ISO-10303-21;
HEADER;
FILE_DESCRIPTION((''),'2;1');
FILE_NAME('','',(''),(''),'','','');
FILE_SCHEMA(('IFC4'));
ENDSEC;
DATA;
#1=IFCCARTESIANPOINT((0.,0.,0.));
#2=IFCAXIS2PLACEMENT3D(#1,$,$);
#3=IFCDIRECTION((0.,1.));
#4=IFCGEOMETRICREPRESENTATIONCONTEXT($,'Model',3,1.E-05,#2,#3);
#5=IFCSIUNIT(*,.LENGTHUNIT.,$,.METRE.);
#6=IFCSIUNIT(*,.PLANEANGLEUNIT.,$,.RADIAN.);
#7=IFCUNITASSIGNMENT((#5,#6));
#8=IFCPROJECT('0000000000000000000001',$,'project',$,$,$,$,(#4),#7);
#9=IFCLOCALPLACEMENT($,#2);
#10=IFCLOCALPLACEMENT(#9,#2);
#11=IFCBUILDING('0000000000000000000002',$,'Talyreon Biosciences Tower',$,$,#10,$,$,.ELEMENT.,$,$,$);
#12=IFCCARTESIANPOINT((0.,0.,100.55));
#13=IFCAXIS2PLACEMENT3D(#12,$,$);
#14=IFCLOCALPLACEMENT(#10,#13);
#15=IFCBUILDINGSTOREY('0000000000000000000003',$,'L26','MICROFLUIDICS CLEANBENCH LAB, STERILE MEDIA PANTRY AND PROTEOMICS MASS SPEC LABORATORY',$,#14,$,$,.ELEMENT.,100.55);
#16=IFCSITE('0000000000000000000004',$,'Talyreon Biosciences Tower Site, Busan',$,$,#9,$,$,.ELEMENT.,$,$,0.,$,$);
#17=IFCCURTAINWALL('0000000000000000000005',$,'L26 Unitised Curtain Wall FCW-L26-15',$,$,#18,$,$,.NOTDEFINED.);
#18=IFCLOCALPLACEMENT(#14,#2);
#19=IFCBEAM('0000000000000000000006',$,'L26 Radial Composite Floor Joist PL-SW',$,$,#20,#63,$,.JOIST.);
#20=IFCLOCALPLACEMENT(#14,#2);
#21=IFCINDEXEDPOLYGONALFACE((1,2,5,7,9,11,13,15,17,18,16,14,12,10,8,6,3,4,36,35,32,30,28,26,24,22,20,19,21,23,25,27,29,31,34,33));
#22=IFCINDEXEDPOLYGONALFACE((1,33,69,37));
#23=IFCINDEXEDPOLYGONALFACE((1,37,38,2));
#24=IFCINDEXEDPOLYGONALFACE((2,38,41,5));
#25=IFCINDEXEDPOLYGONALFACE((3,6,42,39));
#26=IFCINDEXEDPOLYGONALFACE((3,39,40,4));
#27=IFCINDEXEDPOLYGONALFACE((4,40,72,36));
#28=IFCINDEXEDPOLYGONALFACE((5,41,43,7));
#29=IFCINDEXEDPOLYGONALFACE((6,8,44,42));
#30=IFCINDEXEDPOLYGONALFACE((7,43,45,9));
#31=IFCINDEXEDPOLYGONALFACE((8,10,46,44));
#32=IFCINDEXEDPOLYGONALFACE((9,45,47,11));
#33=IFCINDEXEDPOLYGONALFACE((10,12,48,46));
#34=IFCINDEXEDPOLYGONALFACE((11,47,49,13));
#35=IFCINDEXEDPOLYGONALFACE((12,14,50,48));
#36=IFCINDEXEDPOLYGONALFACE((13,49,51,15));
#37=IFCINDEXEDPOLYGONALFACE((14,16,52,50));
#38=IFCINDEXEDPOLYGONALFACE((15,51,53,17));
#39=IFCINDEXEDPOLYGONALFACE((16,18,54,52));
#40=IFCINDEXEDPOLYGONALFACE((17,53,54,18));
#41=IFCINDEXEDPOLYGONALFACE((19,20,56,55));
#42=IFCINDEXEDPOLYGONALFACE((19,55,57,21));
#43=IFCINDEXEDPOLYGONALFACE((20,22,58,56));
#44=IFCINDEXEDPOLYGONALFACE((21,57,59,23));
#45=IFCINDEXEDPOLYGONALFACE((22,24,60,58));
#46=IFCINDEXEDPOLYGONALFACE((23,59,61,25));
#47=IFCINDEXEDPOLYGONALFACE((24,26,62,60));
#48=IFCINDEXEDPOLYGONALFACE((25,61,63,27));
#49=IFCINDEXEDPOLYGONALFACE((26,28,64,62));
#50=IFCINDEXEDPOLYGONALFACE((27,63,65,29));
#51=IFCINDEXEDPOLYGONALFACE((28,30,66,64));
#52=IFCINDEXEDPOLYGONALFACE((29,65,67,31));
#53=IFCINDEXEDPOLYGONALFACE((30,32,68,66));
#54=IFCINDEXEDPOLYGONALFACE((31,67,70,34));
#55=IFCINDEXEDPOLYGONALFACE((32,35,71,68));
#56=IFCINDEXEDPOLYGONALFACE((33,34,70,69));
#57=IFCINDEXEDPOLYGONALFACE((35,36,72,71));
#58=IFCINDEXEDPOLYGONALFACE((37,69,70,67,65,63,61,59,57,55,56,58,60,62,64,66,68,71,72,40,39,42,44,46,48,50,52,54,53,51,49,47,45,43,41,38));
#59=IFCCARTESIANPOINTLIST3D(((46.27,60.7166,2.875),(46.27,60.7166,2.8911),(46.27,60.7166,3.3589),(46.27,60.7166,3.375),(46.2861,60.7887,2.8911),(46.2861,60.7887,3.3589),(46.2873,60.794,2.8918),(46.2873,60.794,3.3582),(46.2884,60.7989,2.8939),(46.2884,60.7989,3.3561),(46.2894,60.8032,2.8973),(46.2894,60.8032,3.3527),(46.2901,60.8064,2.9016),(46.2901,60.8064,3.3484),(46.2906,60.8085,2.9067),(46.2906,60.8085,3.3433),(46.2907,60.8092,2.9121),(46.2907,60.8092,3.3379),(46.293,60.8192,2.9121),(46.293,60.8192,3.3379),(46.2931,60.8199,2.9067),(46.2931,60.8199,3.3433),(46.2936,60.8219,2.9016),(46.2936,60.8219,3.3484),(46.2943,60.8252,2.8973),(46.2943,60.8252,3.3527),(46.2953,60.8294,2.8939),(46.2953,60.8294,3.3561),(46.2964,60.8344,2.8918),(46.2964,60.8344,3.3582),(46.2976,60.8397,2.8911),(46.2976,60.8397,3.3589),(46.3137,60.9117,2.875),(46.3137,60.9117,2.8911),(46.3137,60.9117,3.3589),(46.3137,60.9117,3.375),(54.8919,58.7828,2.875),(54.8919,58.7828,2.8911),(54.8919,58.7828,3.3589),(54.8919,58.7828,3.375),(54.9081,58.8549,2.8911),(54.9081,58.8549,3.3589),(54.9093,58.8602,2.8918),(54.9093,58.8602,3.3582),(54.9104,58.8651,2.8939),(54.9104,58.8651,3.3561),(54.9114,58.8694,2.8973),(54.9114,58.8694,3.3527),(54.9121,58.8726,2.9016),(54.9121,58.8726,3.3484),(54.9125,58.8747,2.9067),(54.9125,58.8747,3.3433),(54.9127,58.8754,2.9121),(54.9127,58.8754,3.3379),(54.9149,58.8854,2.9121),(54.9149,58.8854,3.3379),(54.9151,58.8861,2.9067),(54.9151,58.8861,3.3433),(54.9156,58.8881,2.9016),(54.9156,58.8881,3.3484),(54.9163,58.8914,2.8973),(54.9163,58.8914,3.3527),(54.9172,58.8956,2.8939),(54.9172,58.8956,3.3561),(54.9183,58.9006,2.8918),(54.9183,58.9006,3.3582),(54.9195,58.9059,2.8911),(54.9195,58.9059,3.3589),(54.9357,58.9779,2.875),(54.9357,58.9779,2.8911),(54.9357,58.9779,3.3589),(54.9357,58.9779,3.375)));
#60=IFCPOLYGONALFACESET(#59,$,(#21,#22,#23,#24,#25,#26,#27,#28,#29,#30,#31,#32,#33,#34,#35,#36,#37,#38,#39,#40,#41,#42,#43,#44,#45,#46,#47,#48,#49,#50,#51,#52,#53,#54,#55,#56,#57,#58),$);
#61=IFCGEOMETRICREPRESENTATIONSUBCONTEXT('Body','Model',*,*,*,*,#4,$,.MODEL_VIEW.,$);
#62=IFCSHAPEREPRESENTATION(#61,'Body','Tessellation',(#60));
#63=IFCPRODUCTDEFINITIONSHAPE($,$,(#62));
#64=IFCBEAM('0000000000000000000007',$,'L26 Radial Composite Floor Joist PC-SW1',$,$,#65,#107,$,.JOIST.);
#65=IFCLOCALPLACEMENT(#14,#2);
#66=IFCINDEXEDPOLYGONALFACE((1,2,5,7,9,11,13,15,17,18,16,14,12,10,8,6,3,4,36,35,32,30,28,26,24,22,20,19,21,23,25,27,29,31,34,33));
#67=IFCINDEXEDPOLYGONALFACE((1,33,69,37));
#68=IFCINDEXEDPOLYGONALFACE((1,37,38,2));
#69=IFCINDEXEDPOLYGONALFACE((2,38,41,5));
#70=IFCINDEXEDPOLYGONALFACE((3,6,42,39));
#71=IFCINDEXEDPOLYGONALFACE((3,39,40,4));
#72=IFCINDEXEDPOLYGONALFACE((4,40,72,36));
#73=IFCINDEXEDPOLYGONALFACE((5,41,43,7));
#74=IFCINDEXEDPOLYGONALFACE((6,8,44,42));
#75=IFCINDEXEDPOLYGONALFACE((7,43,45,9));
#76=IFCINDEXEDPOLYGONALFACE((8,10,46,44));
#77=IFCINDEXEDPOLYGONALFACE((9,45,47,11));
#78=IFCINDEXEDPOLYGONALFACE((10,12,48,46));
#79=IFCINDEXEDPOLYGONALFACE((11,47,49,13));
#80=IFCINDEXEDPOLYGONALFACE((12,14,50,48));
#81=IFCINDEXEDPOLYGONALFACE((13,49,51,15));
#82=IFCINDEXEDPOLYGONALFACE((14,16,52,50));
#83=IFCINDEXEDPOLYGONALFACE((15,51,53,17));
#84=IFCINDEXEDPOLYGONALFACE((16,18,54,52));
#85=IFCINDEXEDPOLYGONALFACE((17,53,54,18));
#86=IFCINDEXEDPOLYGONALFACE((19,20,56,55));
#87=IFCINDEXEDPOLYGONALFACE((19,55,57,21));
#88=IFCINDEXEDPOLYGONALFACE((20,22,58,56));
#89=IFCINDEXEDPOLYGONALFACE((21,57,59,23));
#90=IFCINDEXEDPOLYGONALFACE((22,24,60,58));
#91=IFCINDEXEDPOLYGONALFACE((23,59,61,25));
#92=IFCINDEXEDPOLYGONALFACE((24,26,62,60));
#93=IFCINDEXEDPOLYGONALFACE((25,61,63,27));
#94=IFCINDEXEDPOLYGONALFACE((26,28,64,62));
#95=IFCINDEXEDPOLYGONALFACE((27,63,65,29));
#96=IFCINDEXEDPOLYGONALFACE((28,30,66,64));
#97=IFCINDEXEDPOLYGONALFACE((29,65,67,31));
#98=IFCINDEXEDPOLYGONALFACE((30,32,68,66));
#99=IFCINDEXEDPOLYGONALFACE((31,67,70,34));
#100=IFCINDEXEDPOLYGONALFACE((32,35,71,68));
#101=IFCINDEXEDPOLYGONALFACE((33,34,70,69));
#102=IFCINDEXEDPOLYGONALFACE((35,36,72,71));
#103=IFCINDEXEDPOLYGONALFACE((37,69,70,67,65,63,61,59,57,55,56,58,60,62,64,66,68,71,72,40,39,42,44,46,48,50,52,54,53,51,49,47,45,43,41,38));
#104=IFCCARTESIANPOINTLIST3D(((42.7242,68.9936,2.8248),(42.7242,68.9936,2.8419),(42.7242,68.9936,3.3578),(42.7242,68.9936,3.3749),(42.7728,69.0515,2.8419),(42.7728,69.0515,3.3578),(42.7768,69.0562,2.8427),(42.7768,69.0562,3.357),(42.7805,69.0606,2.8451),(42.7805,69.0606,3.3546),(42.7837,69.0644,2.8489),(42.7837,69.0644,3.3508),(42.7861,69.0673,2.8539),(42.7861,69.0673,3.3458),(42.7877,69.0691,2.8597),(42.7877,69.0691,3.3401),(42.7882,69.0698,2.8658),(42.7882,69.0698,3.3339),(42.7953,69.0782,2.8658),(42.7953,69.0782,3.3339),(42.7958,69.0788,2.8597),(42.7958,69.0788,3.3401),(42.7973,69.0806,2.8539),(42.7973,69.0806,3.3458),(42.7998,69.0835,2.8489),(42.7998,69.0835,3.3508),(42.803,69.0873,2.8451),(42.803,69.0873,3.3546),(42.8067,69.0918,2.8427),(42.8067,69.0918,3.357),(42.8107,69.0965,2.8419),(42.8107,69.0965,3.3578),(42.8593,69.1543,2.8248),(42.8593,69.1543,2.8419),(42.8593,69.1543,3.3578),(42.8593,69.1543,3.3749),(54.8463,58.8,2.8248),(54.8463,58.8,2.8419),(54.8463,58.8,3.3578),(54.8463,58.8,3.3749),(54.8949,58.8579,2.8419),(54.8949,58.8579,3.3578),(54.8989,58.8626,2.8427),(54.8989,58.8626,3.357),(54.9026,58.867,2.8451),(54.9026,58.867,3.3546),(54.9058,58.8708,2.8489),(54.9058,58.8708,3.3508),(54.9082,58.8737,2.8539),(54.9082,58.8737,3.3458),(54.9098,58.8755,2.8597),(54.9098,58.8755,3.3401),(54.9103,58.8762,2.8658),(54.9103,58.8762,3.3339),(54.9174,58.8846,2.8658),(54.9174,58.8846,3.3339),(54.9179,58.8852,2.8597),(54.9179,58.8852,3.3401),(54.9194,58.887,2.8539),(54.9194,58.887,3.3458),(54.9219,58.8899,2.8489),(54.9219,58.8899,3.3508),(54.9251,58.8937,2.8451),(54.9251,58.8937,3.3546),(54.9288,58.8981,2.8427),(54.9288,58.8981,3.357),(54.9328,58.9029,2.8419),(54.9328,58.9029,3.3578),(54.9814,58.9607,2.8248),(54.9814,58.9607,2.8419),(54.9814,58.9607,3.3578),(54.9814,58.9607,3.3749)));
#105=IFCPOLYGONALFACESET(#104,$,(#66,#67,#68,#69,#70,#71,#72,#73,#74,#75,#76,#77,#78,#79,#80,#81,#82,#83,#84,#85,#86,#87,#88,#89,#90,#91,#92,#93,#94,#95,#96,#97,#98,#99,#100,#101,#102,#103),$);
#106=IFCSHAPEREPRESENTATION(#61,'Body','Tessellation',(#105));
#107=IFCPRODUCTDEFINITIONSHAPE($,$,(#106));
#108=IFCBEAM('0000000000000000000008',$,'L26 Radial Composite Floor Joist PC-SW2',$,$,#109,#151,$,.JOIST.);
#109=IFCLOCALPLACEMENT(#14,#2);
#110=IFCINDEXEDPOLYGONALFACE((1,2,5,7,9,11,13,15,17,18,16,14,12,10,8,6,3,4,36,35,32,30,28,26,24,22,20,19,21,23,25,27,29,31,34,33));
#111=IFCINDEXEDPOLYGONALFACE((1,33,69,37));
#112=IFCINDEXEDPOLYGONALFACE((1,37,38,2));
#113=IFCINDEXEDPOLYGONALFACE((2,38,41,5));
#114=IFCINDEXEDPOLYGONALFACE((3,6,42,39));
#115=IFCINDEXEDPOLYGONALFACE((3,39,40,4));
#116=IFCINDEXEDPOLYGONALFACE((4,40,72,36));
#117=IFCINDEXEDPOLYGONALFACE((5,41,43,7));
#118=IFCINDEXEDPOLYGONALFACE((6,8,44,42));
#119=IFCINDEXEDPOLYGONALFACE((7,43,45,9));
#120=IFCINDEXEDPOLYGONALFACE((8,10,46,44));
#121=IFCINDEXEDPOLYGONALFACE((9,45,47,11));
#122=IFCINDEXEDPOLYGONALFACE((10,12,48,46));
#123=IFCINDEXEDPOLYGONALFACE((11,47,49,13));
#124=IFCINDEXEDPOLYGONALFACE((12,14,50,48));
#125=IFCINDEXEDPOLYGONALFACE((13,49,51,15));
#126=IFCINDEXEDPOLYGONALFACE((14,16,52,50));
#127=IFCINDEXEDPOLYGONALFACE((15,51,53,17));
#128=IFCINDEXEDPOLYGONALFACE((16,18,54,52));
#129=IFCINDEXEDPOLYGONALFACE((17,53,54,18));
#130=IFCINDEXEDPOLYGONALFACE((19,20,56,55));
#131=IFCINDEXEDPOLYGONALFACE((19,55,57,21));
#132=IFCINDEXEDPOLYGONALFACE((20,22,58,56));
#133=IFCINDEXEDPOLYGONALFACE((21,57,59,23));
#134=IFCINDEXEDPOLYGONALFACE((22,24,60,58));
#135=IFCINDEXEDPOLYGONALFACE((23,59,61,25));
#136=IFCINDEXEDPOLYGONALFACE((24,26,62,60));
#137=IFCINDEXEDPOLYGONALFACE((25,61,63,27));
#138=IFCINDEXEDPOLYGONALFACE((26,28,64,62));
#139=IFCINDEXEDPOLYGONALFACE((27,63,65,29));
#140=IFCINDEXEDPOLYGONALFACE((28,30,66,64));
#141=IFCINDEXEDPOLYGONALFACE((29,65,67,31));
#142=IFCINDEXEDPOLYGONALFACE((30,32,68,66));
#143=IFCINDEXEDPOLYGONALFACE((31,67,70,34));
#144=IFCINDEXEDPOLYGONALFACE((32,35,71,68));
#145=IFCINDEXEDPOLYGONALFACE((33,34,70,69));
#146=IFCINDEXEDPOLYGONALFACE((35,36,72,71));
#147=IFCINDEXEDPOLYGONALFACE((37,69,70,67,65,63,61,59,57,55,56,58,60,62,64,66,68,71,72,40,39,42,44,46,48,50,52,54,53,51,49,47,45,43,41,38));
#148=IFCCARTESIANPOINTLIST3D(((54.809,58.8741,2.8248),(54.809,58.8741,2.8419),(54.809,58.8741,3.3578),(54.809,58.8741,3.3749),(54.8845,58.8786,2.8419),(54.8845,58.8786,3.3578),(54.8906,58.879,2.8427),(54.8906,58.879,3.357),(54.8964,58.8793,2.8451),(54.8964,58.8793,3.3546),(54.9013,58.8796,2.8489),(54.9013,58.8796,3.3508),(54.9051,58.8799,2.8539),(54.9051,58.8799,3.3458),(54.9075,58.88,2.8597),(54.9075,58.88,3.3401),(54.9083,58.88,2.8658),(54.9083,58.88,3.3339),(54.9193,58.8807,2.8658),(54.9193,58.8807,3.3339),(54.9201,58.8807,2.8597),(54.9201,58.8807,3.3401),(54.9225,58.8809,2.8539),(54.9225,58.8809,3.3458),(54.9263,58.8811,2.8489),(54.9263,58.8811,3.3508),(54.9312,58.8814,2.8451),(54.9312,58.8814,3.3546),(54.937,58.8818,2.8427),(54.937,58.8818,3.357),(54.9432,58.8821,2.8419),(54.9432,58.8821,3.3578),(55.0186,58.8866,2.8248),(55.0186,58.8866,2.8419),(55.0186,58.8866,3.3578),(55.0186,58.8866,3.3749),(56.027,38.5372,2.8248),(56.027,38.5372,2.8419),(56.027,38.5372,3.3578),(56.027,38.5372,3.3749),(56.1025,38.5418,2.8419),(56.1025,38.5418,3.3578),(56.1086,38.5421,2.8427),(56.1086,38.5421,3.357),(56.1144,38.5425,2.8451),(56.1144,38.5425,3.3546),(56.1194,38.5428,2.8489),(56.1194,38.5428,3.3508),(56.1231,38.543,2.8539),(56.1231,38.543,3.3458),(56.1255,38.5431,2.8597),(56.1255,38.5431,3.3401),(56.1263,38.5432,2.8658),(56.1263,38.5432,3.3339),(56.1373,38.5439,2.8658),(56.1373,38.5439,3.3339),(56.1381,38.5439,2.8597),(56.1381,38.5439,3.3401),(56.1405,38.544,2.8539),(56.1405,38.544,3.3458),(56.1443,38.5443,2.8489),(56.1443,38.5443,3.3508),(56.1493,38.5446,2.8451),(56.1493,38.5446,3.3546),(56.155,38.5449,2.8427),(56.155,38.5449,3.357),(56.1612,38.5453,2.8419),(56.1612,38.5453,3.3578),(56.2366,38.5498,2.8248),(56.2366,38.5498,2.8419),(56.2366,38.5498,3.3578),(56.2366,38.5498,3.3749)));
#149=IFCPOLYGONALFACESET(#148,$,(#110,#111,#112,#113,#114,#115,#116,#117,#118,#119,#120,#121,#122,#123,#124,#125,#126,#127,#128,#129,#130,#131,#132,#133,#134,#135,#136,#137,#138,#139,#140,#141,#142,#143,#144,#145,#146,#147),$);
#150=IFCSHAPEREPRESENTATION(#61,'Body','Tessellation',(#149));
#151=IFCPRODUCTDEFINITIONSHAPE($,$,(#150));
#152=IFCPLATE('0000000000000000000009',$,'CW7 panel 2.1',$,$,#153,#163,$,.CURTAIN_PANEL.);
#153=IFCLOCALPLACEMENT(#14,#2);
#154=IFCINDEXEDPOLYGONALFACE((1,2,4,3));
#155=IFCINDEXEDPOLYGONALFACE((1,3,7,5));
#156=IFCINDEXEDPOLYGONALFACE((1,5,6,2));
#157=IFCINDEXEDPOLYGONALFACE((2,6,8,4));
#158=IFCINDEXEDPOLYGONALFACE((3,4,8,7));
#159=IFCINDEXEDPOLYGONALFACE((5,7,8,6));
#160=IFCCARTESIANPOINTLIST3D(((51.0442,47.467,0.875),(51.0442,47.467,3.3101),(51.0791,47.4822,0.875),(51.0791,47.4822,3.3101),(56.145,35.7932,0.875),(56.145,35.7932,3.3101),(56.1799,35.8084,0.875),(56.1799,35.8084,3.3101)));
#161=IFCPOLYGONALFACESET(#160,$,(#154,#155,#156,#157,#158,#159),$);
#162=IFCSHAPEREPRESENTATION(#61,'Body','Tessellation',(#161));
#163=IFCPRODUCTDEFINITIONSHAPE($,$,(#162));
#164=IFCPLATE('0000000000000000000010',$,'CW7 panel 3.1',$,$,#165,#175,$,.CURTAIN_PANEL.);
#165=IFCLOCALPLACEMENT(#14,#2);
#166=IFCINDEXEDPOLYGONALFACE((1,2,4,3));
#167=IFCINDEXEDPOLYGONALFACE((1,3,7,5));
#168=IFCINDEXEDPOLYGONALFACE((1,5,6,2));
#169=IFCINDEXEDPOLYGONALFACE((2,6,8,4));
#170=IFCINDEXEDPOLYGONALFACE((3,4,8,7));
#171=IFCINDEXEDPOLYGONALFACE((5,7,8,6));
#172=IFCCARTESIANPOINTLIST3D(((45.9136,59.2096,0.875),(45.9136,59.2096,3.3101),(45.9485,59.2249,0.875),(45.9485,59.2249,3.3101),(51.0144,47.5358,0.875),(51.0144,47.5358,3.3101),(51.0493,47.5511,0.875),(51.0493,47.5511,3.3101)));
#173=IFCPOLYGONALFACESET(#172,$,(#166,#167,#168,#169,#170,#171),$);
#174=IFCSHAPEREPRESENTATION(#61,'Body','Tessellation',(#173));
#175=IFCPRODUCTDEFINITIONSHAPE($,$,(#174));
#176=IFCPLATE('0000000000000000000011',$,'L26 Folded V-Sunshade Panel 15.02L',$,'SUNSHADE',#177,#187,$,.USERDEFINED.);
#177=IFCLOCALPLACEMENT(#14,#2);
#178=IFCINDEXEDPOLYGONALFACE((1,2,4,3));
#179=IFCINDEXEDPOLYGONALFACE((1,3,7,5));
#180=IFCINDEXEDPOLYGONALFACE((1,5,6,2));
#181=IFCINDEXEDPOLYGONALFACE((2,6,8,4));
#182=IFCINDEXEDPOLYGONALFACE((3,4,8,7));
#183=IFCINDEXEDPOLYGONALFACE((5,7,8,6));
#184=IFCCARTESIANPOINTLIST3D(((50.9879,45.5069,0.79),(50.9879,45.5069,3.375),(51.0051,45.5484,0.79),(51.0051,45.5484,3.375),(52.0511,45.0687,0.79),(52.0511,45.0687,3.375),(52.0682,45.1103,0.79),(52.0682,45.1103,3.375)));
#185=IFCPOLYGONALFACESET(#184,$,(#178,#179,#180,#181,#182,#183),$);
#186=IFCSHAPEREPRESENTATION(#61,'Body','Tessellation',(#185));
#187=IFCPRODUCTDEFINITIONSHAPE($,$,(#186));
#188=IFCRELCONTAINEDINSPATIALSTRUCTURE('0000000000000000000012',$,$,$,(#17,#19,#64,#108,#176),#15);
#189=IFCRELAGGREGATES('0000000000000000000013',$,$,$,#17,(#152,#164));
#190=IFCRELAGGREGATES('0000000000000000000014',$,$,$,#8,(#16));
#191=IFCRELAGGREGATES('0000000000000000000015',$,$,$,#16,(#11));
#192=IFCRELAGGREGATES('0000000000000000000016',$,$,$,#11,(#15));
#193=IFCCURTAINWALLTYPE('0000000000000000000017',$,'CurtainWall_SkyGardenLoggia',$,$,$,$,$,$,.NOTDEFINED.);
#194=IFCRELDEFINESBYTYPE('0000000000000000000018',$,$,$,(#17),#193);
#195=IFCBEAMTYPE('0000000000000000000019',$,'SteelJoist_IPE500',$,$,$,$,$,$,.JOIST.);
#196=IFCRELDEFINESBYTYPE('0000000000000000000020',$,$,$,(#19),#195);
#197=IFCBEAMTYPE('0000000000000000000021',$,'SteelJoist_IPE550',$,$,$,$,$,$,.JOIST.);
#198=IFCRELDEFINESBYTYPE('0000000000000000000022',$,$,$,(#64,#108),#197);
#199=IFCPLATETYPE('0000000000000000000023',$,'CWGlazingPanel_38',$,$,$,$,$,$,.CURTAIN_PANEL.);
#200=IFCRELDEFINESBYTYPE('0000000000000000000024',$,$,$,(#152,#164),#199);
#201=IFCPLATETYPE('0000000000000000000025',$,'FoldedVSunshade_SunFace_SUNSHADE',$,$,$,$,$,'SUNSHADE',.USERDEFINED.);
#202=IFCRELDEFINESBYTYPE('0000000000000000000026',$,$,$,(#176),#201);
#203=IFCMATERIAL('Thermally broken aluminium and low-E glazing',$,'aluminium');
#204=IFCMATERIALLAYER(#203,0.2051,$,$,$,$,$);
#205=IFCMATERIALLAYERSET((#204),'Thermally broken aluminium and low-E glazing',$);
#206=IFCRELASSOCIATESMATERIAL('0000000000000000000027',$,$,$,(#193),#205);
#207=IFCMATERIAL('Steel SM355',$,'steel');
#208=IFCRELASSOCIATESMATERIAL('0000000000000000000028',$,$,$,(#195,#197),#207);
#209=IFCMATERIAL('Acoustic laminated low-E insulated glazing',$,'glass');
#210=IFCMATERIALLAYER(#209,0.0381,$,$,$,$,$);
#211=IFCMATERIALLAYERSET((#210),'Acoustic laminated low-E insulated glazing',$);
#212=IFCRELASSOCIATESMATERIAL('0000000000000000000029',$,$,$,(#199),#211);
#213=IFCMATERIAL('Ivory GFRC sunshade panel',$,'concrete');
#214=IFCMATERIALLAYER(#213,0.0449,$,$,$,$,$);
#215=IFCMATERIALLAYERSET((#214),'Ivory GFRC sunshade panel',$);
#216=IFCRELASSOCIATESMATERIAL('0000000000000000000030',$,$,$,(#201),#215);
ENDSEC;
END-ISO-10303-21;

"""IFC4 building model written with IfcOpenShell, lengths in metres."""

from ifc_helpers import new_model, si_unit, direction, frame, origin, origin_2d, place, context, subcontext, project, spatial, rectangle, i_section, extrude, material, layer, layer_set, material_profile, profile_set, type_object, element, aggregate, save


model = new_model("IFC4")

# Units and contexts
model_context = context("Model", 3, precision=1e-05, world=origin(), true_north=direction((0.0, 1.0)))
body_context = subcontext(model_context, "Body", "Model", "MODEL_VIEW")
ifc_project = project(units=[si_unit("LENGTHUNIT", "METRE"), si_unit("PLANEANGLEUNIT", "RADIAN")], contexts=[model_context])

# Site, building, storey
site_placement = place(None, origin())
site = spatial("IfcSite", under=ifc_project, at=site_placement, Name="Talyreon Biosciences Tower Site, Busan", CompositionType="ELEMENT", RefElevation=0.0)
building_placement = place(site_placement, origin())
building = spatial("IfcBuilding", under=site, at=building_placement, Name="Talyreon Biosciences Tower", CompositionType="ELEMENT")
storey_placement = place(building_placement, frame((0.0, 0.0, 100.55)))
storey = spatial("IfcBuildingStorey", under=building, at=storey_placement, Name="L26", Description="MICROFLUIDICS CLEANBENCH LAB, STERILE MEDIA PANTRY AND PROTEOMICS MASS SPEC LABORATORY", CompositionType="ELEMENT", Elevation=100.55)

# Curtain wall
ifc_material_1 = material(Name="Thermally broken aluminium and low-E glazing", Category="aluminium")
ifc_layer_1 = layer(ifc_material_1, 0.2051)
ifc_layer_set_1 = layer_set([ifc_layer_1], Name="Thermally broken aluminium and low-E glazing")
curtain_wall_type = type_object("IfcCurtainWallType", Name="CurtainWall_SkyGardenLoggia", PredefinedType="NOTDEFINED", material=ifc_layer_set_1)
curtain_wall_placement = place(storey_placement, origin())
curtain_wall = element("IfcCurtainWall", 1, at=curtain_wall_placement, inside=storey, type_object=curtain_wall_type, Name="L26 Unitised Curtain Wall FCW-L26-15", PredefinedType="NOTDEFINED")

# Beams
ifc_material_2 = material(Name="Steel SM355", Category="steel")
ifc_material_profile_1 = material_profile(ifc_material_2, i_section(OverallWidth=0.2, OverallDepth=0.5, WebThickness=0.0103, FlangeThickness=0.0161, FilletRadius=0.021, at=origin_2d()), Name="IPE500")
ifc_profile_set_1 = profile_set([ifc_material_profile_1], Name="Steel SM355")
beam_type_1 = type_object("IfcBeamType", Name="SteelJoist_IPE500", PredefinedType="JOIST", material=ifc_profile_set_1)
beam_1_placement = place(storey_placement, frame((54.9138, 58.8804, 3.125), z_axis=(-0.975758, 0.218852, 0.0), x_axis=(-0.218852, -0.975758, 0.0)))
element("IfcBeam", 2, at=beam_1_placement, inside=storey, type_object=beam_type_1, Name="L26 Radial Composite Floor Joist PL-SW", PredefinedType="JOIST", context=body_context, shape_type="SweptSolid", body=[
    extrude(i_section(OverallWidth=0.2, OverallDepth=0.5, WebThickness=0.0103, FlangeThickness=0.0161, FilletRadius=0.021, at=origin_2d()), origin(), (0.0, 0.0, 1.0), 8.8362),
])
ifc_material_profile_2 = material_profile(ifc_material_2, i_section(OverallWidth=0.21, OverallDepth=0.55, WebThickness=0.011, FlangeThickness=0.0171, FilletRadius=0.0239, at=origin_2d()), Name="IPE550")
ifc_profile_set_2 = profile_set([ifc_material_profile_2], Name="Steel SM355")
beam_type_2 = type_object("IfcBeamType", Name="SteelJoist_IPE550", PredefinedType="JOIST", material=ifc_profile_set_2)
beam_2_placement = place(storey_placement, frame((54.9138, 58.8804, 3.0999), z_axis=(-0.765361, 0.643602, 0.0), x_axis=(-0.643602, -0.765361, 0.0)))
element("IfcBeam", 3, at=beam_2_placement, inside=storey, type_object=beam_type_2, Name="L26 Radial Composite Floor Joist PC-SW1", PredefinedType="JOIST", context=body_context, shape_type="SweptSolid", body=[
    extrude(i_section(OverallWidth=0.21, OverallDepth=0.55, WebThickness=0.011, FlangeThickness=0.0171, FilletRadius=0.0239, at=origin_2d()), origin(), (0.0, 0.0, 1.0), 15.8384),
])
beam_3_placement = place(storey_placement, frame((54.9138, 58.8804, 3.0999), z_axis=(0.059785, -0.998211, 0.0), x_axis=(0.998211, 0.059785, 0.0)))
element("IfcBeam", 4, at=beam_3_placement, inside=storey, type_object=beam_type_2, Name="L26 Radial Composite Floor Joist PC-SW2", PredefinedType="JOIST", context=body_context, shape_type="SweptSolid", body=[
    extrude(i_section(OverallWidth=0.21, OverallDepth=0.55, WebThickness=0.011, FlangeThickness=0.0171, FilletRadius=0.0239, at=origin_2d()), origin(), (0.0, 0.0, 1.0), 20.3733),
])

# Plates
ifc_material_3 = material(Name="Acoustic laminated low-E insulated glazing", Category="glass")
ifc_layer_2 = layer(ifc_material_3, 0.0381)
ifc_layer_set_2 = layer_set([ifc_layer_2], Name="Acoustic laminated low-E insulated glazing")
plate_type_1 = type_object("IfcPlateType", Name="CWGlazingPanel_38", PredefinedType="CURTAIN_PANEL", material=ifc_layer_set_2)
plate_1_placement = place(storey_placement, frame((53.6121, 41.6377, 0.875), z_axis=(0.0, 0.0, 1.0), x_axis=(-0.400387, 0.916346, 0.0)))
plate_1 = element("IfcPlate", 5, at=plate_1_placement, type_object=plate_type_1, Name="CW7 panel 2.1", PredefinedType="CURTAIN_PANEL", context=body_context, shape_type="SweptSolid", body=[
    extrude(rectangle(XDim=12.7395, YDim=0.0381, at=origin_2d()), origin(), (0.0, 0.0, 1.0), 2.4351),
])
plate_2_placement = place(storey_placement, frame((48.4814, 53.3804, 0.875), z_axis=(0.0, 0.0, 1.0), x_axis=(-0.400387, 0.916346, 0.0)))
plate_2 = element("IfcPlate", 6, at=plate_2_placement, type_object=plate_type_1, Name="CW7 panel 3.1", PredefinedType="CURTAIN_PANEL", context=body_context, shape_type="SweptSolid", body=[
    extrude(rectangle(XDim=12.7395, YDim=0.0381, at=origin_2d()), origin(), (0.0, 0.0, 1.0), 2.4351),
])
aggregate(curtain_wall, [plate_1, plate_2])

# Plate
ifc_material_4 = material(Name="Ivory GFRC sunshade panel", Category="concrete")
ifc_layer_3 = layer(ifc_material_4, 0.0449)
ifc_layer_set_3 = layer_set([ifc_layer_3], Name="Ivory GFRC sunshade panel")
plate_type_2 = type_object("IfcPlateType", Name="FoldedVSunshade_SunFace_SUNSHADE", ElementType="SUNSHADE", PredefinedType="USERDEFINED", material=ifc_layer_set_3)
for number, where, z_axis, x_axis, name in (
    (7, (51.5281, 45.3086, 0.79), (0.0, 0.0, 1.0), (-0.924559, 0.381038, 0.0), "L26 Folded V-Sunshade Panel 15.02L"),
):
    element("IfcPlate", number, at=place(storey_placement, frame(where, z_axis=z_axis, x_axis=x_axis)), inside=storey, type_object=plate_type_2, Name=name, ObjectType="SUNSHADE", PredefinedType="USERDEFINED", context=body_context, shape_type="SweptSolid", body=[
        extrude(rectangle(XDim=1.1499, YDim=0.0449, at=origin_2d()), origin(), (0.0, 0.0, 1.0), 2.585),
    ])

save(model, "model.ifc")
